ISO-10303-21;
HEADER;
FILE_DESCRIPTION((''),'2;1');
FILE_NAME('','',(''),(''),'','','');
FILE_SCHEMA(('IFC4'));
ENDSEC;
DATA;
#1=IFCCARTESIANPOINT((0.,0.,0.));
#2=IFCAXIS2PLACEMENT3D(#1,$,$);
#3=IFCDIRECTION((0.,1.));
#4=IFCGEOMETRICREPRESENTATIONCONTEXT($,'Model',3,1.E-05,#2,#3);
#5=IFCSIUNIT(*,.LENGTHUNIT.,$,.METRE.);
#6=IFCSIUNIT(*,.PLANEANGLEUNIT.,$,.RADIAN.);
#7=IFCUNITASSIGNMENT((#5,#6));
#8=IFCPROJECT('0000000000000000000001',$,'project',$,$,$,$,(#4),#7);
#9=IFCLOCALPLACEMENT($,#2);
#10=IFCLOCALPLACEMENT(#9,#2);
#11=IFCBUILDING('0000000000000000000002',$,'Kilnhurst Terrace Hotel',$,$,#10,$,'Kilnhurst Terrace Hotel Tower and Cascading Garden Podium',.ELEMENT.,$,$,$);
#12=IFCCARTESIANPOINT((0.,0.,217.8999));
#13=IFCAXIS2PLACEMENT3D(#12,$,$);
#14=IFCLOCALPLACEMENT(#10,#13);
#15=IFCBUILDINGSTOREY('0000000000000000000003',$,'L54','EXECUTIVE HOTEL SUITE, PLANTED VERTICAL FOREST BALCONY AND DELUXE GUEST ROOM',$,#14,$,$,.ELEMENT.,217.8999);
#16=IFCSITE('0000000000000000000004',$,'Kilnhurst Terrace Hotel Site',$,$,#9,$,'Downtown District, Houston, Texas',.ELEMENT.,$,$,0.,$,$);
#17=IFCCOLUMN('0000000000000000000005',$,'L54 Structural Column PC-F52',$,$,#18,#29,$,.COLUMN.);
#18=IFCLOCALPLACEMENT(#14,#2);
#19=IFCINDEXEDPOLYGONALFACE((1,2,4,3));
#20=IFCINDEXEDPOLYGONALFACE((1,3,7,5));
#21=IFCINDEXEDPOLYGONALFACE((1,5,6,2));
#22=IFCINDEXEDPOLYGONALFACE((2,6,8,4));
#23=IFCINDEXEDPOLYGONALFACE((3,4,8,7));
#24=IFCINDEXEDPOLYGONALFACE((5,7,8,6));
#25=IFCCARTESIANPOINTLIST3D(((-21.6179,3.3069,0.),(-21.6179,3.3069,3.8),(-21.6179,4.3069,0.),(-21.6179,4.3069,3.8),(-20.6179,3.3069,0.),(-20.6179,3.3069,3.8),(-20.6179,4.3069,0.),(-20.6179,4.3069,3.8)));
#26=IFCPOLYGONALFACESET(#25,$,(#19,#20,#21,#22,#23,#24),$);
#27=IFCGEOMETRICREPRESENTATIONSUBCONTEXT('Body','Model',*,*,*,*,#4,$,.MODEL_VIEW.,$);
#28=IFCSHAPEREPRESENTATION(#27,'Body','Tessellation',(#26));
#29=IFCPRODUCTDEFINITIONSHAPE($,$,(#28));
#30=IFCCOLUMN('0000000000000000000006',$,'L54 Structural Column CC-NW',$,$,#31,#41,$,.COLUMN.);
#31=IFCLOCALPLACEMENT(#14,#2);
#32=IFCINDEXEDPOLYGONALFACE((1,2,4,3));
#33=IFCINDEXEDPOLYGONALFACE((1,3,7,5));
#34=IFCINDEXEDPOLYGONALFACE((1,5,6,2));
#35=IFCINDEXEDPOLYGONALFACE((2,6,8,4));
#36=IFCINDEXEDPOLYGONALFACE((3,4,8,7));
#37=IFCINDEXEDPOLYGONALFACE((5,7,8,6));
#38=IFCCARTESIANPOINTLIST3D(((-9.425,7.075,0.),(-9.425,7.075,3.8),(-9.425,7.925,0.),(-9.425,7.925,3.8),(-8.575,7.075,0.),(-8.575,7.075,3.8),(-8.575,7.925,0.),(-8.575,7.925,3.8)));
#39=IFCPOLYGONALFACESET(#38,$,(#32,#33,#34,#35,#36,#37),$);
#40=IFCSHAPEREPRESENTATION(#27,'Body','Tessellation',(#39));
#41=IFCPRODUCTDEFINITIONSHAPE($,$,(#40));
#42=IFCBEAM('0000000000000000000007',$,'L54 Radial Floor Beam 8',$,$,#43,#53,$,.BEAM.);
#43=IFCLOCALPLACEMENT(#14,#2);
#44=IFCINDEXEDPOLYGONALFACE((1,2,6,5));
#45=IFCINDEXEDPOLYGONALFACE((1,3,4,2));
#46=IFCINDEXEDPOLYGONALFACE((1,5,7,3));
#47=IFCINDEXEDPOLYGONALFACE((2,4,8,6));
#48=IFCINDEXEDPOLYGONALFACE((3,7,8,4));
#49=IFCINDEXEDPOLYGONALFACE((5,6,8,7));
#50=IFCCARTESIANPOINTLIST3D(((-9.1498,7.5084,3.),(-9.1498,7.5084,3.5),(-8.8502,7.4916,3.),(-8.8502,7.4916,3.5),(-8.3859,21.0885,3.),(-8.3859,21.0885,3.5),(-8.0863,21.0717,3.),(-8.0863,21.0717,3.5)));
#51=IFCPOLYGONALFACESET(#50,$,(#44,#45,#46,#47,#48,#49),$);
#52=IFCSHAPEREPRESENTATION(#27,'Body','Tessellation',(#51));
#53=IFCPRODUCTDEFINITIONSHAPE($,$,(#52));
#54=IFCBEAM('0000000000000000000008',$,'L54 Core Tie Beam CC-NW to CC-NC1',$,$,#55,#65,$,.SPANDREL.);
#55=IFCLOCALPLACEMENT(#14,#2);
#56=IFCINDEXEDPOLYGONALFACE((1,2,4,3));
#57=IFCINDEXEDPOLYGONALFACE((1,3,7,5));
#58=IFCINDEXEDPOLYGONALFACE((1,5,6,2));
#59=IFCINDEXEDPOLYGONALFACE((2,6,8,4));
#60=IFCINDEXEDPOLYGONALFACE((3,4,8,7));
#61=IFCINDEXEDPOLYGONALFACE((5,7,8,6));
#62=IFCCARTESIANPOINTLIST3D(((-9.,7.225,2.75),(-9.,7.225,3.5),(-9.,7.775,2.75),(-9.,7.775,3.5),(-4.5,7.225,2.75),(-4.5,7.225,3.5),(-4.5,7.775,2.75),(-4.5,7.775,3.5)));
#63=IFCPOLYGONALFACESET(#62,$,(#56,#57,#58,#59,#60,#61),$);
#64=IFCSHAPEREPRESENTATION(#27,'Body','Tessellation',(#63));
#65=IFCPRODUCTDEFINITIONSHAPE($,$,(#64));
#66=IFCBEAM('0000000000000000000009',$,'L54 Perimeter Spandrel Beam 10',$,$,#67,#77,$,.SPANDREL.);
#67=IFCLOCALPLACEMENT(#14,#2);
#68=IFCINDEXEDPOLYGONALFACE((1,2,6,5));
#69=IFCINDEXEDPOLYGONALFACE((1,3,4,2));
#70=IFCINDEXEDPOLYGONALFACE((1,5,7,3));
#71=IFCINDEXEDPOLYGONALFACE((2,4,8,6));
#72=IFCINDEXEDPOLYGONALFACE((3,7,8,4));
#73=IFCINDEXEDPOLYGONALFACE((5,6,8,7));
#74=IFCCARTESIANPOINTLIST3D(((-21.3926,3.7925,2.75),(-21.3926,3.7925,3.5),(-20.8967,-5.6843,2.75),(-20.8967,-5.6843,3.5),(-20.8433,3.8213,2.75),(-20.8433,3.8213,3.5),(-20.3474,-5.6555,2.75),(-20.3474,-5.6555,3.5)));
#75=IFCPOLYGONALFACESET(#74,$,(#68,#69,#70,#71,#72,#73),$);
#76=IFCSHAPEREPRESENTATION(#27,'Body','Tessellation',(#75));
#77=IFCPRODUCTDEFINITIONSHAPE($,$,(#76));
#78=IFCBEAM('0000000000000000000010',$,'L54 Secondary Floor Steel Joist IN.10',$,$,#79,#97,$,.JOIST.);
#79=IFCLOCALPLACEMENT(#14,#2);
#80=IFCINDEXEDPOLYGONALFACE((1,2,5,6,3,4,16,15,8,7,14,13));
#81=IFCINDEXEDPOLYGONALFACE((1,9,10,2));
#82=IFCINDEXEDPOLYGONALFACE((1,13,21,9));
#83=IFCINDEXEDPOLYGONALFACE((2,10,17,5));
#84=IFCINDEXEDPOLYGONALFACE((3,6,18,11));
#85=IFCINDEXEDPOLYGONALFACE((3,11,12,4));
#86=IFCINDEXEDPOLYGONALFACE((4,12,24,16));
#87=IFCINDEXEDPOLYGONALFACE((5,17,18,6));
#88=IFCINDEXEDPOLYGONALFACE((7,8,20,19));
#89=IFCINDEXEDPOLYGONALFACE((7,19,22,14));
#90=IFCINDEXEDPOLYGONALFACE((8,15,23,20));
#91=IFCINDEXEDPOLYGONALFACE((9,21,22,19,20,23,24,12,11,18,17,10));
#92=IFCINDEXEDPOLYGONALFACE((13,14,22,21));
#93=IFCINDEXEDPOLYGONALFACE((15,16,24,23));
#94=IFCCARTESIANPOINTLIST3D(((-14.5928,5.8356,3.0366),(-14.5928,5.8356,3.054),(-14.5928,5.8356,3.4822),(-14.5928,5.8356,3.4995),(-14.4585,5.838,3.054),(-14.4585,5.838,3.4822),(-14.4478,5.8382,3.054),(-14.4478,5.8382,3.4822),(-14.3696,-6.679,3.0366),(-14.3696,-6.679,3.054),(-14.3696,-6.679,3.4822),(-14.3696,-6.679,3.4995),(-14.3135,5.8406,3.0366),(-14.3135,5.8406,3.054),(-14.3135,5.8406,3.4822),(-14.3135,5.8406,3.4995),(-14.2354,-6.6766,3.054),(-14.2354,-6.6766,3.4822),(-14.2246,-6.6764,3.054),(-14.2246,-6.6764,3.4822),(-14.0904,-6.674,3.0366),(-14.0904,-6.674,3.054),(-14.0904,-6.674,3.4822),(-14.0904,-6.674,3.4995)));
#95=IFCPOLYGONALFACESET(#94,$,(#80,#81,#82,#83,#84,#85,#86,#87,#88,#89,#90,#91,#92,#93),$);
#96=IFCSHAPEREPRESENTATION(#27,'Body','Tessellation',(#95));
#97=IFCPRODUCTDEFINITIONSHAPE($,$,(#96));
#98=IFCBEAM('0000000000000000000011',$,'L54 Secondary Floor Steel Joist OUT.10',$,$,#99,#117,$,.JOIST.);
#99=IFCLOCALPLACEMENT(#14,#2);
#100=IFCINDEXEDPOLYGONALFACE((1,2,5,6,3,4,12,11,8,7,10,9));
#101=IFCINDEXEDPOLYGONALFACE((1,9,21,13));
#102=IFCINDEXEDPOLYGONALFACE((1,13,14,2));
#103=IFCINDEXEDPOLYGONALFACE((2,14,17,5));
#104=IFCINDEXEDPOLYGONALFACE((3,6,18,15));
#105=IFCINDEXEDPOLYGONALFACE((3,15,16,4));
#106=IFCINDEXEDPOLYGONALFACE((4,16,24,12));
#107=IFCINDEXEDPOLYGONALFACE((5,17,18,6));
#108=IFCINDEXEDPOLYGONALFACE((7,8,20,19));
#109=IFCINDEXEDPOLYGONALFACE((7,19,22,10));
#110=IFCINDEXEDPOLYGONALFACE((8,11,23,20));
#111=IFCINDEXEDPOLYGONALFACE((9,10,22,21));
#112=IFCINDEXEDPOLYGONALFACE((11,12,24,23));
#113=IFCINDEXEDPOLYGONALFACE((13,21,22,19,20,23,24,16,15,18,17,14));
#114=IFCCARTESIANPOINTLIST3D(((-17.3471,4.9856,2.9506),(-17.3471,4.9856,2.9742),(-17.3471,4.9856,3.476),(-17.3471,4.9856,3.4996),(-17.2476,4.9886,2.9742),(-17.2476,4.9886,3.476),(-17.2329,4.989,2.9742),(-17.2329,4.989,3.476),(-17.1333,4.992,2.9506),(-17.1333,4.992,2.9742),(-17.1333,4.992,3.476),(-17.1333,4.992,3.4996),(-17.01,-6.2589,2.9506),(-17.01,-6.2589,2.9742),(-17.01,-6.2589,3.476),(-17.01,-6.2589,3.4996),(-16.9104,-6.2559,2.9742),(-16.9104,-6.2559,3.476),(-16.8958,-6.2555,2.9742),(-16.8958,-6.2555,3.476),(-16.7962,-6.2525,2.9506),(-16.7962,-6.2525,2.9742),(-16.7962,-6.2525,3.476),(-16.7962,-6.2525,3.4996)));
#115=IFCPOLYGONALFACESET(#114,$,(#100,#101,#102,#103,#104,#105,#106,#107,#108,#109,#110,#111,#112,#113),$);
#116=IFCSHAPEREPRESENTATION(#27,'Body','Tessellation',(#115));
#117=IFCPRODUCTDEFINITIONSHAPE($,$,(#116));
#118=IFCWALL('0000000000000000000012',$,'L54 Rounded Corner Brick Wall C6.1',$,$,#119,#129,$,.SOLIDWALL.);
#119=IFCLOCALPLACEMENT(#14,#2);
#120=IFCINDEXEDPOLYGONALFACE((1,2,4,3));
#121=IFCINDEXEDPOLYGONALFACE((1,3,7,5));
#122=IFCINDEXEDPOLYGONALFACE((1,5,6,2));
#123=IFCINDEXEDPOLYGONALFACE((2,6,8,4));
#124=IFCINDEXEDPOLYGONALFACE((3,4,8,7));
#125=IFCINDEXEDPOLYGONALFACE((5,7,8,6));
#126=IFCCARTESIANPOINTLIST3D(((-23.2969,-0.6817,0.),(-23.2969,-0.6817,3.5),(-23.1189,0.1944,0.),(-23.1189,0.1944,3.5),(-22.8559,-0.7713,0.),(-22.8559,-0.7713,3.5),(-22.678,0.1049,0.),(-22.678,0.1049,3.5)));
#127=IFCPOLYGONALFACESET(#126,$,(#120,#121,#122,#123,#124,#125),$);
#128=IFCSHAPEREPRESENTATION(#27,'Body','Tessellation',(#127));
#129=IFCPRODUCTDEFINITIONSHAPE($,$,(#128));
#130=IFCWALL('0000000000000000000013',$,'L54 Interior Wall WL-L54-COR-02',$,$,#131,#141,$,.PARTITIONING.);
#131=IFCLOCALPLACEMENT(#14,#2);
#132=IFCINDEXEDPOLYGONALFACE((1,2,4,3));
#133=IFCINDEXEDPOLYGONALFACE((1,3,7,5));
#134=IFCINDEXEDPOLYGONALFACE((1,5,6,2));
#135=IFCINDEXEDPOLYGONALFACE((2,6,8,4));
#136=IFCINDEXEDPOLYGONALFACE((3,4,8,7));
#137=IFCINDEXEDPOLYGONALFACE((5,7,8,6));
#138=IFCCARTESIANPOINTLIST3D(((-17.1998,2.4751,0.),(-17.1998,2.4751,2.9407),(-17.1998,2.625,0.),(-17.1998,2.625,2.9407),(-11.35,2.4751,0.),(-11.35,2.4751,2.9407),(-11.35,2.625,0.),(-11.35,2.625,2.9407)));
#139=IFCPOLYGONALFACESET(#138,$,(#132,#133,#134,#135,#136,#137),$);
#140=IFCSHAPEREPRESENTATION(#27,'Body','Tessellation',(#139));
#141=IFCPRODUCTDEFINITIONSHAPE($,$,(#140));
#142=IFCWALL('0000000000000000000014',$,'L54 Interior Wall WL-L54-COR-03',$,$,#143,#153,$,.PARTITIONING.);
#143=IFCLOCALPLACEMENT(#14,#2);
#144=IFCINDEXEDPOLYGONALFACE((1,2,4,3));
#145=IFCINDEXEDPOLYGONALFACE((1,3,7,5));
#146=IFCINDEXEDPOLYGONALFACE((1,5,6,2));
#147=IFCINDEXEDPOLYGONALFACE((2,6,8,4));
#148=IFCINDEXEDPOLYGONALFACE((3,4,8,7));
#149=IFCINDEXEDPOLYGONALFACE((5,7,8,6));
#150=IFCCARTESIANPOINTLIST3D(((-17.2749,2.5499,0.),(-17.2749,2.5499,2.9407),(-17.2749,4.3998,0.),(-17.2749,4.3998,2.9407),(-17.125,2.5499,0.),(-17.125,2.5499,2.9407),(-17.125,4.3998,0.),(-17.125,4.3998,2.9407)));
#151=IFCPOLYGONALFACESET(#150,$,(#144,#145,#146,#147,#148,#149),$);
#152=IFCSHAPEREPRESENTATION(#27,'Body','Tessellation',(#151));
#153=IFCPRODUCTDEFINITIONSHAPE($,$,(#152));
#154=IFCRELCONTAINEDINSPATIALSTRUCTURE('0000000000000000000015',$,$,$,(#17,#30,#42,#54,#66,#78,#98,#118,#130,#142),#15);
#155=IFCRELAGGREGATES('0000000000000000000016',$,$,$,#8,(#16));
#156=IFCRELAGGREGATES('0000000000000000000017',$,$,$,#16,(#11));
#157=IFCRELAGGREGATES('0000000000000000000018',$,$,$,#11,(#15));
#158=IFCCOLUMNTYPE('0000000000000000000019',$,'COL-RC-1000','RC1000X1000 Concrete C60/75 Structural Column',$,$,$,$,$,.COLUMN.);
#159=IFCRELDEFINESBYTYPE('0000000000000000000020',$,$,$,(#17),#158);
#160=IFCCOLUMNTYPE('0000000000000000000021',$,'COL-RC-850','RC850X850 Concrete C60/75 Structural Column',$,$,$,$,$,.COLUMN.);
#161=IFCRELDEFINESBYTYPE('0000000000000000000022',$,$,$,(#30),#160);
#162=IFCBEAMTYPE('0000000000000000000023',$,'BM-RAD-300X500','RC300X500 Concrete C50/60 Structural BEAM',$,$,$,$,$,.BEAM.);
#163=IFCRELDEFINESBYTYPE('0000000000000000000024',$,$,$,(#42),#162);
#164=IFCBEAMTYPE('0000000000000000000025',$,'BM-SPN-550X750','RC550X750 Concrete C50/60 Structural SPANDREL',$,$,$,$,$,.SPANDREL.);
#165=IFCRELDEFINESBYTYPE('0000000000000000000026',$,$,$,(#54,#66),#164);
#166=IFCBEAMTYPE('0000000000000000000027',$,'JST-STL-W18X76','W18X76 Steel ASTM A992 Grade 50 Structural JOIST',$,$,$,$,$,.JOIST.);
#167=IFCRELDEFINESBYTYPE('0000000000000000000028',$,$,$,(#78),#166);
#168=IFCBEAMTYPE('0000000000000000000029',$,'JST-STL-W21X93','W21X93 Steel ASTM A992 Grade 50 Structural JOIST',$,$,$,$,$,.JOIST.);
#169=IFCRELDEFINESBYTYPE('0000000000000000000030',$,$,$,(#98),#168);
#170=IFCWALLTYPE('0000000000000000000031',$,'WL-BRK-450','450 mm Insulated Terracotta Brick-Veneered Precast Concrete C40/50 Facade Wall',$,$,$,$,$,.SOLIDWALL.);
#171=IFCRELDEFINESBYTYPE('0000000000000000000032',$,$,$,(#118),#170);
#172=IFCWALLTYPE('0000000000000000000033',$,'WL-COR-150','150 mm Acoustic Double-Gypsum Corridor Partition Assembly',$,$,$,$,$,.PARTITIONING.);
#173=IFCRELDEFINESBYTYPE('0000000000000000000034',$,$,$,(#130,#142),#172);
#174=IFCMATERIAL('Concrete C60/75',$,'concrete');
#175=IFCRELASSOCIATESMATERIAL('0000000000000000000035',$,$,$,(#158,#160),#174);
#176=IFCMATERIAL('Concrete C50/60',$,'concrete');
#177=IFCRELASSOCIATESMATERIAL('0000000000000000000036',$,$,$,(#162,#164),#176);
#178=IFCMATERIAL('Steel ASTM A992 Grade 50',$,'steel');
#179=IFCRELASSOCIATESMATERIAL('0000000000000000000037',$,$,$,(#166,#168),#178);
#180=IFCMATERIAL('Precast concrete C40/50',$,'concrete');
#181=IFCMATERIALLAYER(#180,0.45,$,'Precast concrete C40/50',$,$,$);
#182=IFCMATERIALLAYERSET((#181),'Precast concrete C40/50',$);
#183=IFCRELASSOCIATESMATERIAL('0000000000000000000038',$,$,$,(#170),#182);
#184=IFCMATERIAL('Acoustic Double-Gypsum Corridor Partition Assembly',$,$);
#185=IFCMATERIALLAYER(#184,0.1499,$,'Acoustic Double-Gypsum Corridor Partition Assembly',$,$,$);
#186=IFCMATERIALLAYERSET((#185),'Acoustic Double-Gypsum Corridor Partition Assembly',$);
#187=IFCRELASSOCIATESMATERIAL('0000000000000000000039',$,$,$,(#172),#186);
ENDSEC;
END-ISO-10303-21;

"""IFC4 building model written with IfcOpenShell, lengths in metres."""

from ifc_helpers import new_model, si_unit, direction, frame, frame_2d, origin, origin_2d, place, context, subcontext, project, spatial, rectangle, i_section, extrude, material, layer, layer_set, material_profile, profile_set, type_object, element, save


model = new_model("IFC4")

# Units and contexts
model_context = context("Model", 3, precision=1e-05, world=origin(), true_north=direction((0.0, 1.0)))
body_context = subcontext(model_context, "Body", "Model", "MODEL_VIEW")
ifc_project = project(units=[si_unit("LENGTHUNIT", "METRE"), si_unit("PLANEANGLEUNIT", "RADIAN")], contexts=[model_context])

# Site, building, storey
site_placement = place(None, origin())
site = spatial("IfcSite", under=ifc_project, at=site_placement, Name="Kilnhurst Terrace Hotel Site", LongName="Downtown District, Houston, Texas", CompositionType="ELEMENT", RefElevation=0.0)
building_placement = place(site_placement, origin())
building = spatial("IfcBuilding", under=site, at=building_placement, Name="Kilnhurst Terrace Hotel", LongName="Kilnhurst Terrace Hotel Tower and Cascading Garden Podium", CompositionType="ELEMENT")
storey_placement = place(building_placement, frame((0.0, 0.0, 217.8999)))
storey = spatial("IfcBuildingStorey", under=building, at=storey_placement, Name="L54", Description="EXECUTIVE HOTEL SUITE, PLANTED VERTICAL FOREST BALCONY AND DELUXE GUEST ROOM", CompositionType="ELEMENT", Elevation=217.8999)

# Columns
ifc_material_1 = material(Name="Concrete C60/75", Category="concrete")
ifc_material_profile_1 = material_profile(ifc_material_1, rectangle(XDim=1.0, YDim=1.0, at=origin_2d()), Name="RC1000X1000")
ifc_profile_set_1 = profile_set([ifc_material_profile_1], Name="Concrete C60/75")
column_type_1 = type_object("IfcColumnType", Name="COL-RC-1000", Description="RC1000X1000 Concrete C60/75 Structural Column", PredefinedType="COLUMN", material=ifc_profile_set_1)
column_1_placement = place(storey_placement, frame((-21.1179, 3.8069, 0.0), z_axis=(0.0, 0.0, 1.0), x_axis=(1.0, 0.0, 0.0)))
element("IfcColumn", 1, at=column_1_placement, inside=storey, type_object=column_type_1, Name="L54 Structural Column PC-F52", PredefinedType="COLUMN", context=body_context, shape_type="SweptSolid", body=[
    extrude(rectangle(XDim=1.0, YDim=1.0, at=origin_2d()), origin(), (0.0, 0.0, 1.0), 3.8),
])
ifc_material_profile_2 = material_profile(ifc_material_1, rectangle(XDim=0.8501, YDim=0.8501, at=origin_2d()), Name="RC850X850")
ifc_profile_set_2 = profile_set([ifc_material_profile_2], Name="Concrete C60/75")
column_type_2 = type_object("IfcColumnType", Name="COL-RC-850", Description="RC850X850 Concrete C60/75 Structural Column", PredefinedType="COLUMN", material=ifc_profile_set_2)
column_2_placement = place(storey_placement, frame((-9.0, 7.5, 0.0), z_axis=(0.0, 0.0, 1.0), x_axis=(1.0, 0.0, 0.0)))
element("IfcColumn", 2, at=column_2_placement, inside=storey, type_object=column_type_2, Name="L54 Structural Column CC-NW", PredefinedType="COLUMN", context=body_context, shape_type="SweptSolid", body=[
    extrude(rectangle(XDim=0.8501, YDim=0.8501, at=origin_2d()), origin(), (0.0, 0.0, 1.0), 3.8),
])

# Beams
ifc_material_2 = material(Name="Concrete C50/60", Category="concrete")
ifc_material_profile_3 = material_profile(ifc_material_2, rectangle(XDim=0.3, YDim=0.5, at=origin_2d()), Name="RC300X500")
ifc_profile_set_3 = profile_set([ifc_material_profile_3], Name="Concrete C50/60")
beam_type_1 = type_object("IfcBeamType", Name="BM-RAD-300X500", Description="RC300X500 Concrete C50/60 Structural BEAM", PredefinedType="BEAM", material=ifc_profile_set_3)
beam_1_placement = place(storey_placement, frame((-9.0, 7.5, 3.25), z_axis=(0.056164, 0.998422, 0.0), x_axis=(-0.998422, 0.056164, 0.0)))
element("IfcBeam", 3, at=beam_1_placement, inside=storey, type_object=beam_type_1, Name="L54 Radial Floor Beam 8", PredefinedType="BEAM", context=body_context, shape_type="SweptSolid", body=[
    extrude(rectangle(XDim=0.3, YDim=0.5, at=origin_2d()), origin(), (0.0, 0.0, 1.0), 13.6016),
])
ifc_material_profile_4 = material_profile(ifc_material_2, rectangle(XDim=0.55, YDim=0.75, at=origin_2d()), Name="RC550X750")
ifc_profile_set_4 = profile_set([ifc_material_profile_4], Name="Concrete C50/60")
beam_type_2 = type_object("IfcBeamType", Name="BM-SPN-550X750", Description="RC550X750 Concrete C50/60 Structural SPANDREL", PredefinedType="SPANDREL", material=ifc_profile_set_4)
beam_2_placement = place(storey_placement, frame((-9.0, 7.5, 3.125), z_axis=(1.0, 0.0, 0.0), x_axis=(0.0, 1.0, 0.0)))
element("IfcBeam", 4, at=beam_2_placement, inside=storey, type_object=beam_type_2, Name="L54 Core Tie Beam CC-NW to CC-NC1", PredefinedType="SPANDREL", context=body_context, shape_type="SweptSolid", body=[
    extrude(rectangle(XDim=0.55, YDim=0.75, at=origin_2d()), origin(), (0.0, 0.0, 1.0), 4.5),
])
beam_3_placement = place(storey_placement, frame((-21.1179, 3.8069, 3.125), z_axis=(0.052251, -0.998634, 0.0), x_axis=(0.998634, 0.052251, 0.0)))
element("IfcBeam", 5, at=beam_3_placement, inside=storey, type_object=beam_type_2, Name="L54 Perimeter Spandrel Beam 10", PredefinedType="SPANDREL", context=body_context, shape_type="SweptSolid", body=[
    extrude(rectangle(XDim=0.55, YDim=0.75, at=origin_2d()), origin(), (0.0, 0.0, 1.0), 9.4897),
])
ifc_material_3 = material(Name="Steel ASTM A992 Grade 50", Category="steel")
ifc_material_profile_5 = material_profile(ifc_material_3, i_section(OverallWidth=0.2793, OverallDepth=0.4629, WebThickness=0.0107, FlangeThickness=0.0173, at=origin_2d()), Name="W18X76")
ifc_profile_set_5 = profile_set([ifc_material_profile_5], Name="Steel ASTM A992 Grade 50")
beam_type_3 = type_object("IfcBeamType", Name="JST-STL-W18X76", Description="W18X76 Steel ASTM A992 Grade 50 Structural JOIST", PredefinedType="JOIST", material=ifc_profile_set_5)
beam_4_placement = place(storey_placement, frame((-14.4531, 5.8381, 3.2681), z_axis=(0.017828, -0.999841, 0.0), x_axis=(0.999841, 0.017828, 0.0)))
element("IfcBeam", 6, at=beam_4_placement, inside=storey, type_object=beam_type_3, Name="L54 Secondary Floor Steel Joist IN.10", PredefinedType="JOIST", context=body_context, shape_type="SweptSolid", body=[
    extrude(i_section(OverallWidth=0.2793, OverallDepth=0.4629, WebThickness=0.0107, FlangeThickness=0.0173, at=origin_2d()), origin(), (0.0, 0.0, 1.0), 12.5166),
])
ifc_material_profile_6 = material_profile(ifc_material_3, i_section(OverallWidth=0.2139, OverallDepth=0.5491, WebThickness=0.0146, FlangeThickness=0.0237, at=origin_2d()), Name="W21X93")
ifc_profile_set_6 = profile_set([ifc_material_profile_6], Name="Steel ASTM A992 Grade 50")
beam_type_4 = type_object("IfcBeamType", Name="JST-STL-W21X93", Description="W21X93 Steel ASTM A992 Grade 50 Structural JOIST", PredefinedType="JOIST", material=ifc_profile_set_6)
beam_5_placement = place(storey_placement, frame((-17.2402, 4.9888, 3.2251), z_axis=(0.029971, -0.999551, 0.0), x_axis=(0.999551, 0.029971, 0.0)))
element("IfcBeam", 7, at=beam_5_placement, inside=storey, type_object=beam_type_4, Name="L54 Secondary Floor Steel Joist OUT.10", PredefinedType="JOIST", context=body_context, shape_type="SweptSolid", body=[
    extrude(i_section(OverallWidth=0.2139, OverallDepth=0.5491, WebThickness=0.0146, FlangeThickness=0.0237, at=origin_2d()), origin(), (0.0, 0.0, 1.0), 11.2495),
])

# Walls
ifc_material_4 = material(Name="Precast concrete C40/50", Category="concrete")
ifc_layer_1 = layer(ifc_material_4, 0.45, Name="Precast concrete C40/50")
ifc_layer_set_1 = layer_set([ifc_layer_1], Name="Precast concrete C40/50")
wall_type_1 = type_object("IfcWallType", Name="WL-BRK-450", Description="450 mm Insulated Terracotta Brick-Veneered Precast Concrete C40/50 Facade Wall", PredefinedType="SOLIDWALL", material=ifc_layer_set_1)
wall_1_placement = place(storey_placement, frame((-22.8984, 0.1497, 0.0), z_axis=(0.0, 0.0, 1.0), x_axis=(-0.199056, -0.979988, 0.0)))
element("IfcWall", 8, at=wall_1_placement, inside=storey, type_object=wall_type_1, Name="L54 Rounded Corner Brick Wall C6.1", PredefinedType="SOLIDWALL", context=body_context, shape_type="SweptSolid", body=[
    extrude(rectangle(XDim=0.894, YDim=0.45, at=frame_2d((0.447, 0.0))), origin(), (0.0, 0.0, 1.0), 3.5),
])
ifc_material_5 = material(Name="Acoustic Double-Gypsum Corridor Partition Assembly")
ifc_layer_2 = layer(ifc_material_5, 0.1499, Name="Acoustic Double-Gypsum Corridor Partition Assembly")
ifc_layer_set_2 = layer_set([ifc_layer_2], Name="Acoustic Double-Gypsum Corridor Partition Assembly")
wall_type_2 = type_object("IfcWallType", Name="WL-COR-150", Description="150 mm Acoustic Double-Gypsum Corridor Partition Assembly", PredefinedType="PARTITIONING", material=ifc_layer_set_2)
wall_2_placement = place(storey_placement, frame((-11.3501, 2.55, 0.0), z_axis=(0.0, 0.0, 1.0), x_axis=(-1.0, 0.0, 0.0)))
element("IfcWall", 9, at=wall_2_placement, inside=storey, type_object=wall_type_2, Name="L54 Interior Wall WL-L54-COR-02", PredefinedType="PARTITIONING", context=body_context, shape_type="SweptSolid", body=[
    extrude(rectangle(XDim=5.8499, YDim=0.1499, at=frame_2d((2.9248, 0.0))), origin(), (0.0, 0.0, 1.0), 2.9407),
])
wall_3_placement = place(storey_placement, frame((-17.2, 2.55, 0.0), z_axis=(0.0, 0.0, 1.0), x_axis=(0.0, 1.0, 0.0)))
element("IfcWall", 10, at=wall_3_placement, inside=storey, type_object=wall_type_2, Name="L54 Interior Wall WL-L54-COR-03", PredefinedType="PARTITIONING", context=body_context, shape_type="SweptSolid", body=[
    extrude(rectangle(XDim=1.8499, YDim=0.1499, at=frame_2d((0.9248, 0.0))), origin(), (0.0, 0.0, 1.0), 2.9407),
])

save(model, "model.ifc")
